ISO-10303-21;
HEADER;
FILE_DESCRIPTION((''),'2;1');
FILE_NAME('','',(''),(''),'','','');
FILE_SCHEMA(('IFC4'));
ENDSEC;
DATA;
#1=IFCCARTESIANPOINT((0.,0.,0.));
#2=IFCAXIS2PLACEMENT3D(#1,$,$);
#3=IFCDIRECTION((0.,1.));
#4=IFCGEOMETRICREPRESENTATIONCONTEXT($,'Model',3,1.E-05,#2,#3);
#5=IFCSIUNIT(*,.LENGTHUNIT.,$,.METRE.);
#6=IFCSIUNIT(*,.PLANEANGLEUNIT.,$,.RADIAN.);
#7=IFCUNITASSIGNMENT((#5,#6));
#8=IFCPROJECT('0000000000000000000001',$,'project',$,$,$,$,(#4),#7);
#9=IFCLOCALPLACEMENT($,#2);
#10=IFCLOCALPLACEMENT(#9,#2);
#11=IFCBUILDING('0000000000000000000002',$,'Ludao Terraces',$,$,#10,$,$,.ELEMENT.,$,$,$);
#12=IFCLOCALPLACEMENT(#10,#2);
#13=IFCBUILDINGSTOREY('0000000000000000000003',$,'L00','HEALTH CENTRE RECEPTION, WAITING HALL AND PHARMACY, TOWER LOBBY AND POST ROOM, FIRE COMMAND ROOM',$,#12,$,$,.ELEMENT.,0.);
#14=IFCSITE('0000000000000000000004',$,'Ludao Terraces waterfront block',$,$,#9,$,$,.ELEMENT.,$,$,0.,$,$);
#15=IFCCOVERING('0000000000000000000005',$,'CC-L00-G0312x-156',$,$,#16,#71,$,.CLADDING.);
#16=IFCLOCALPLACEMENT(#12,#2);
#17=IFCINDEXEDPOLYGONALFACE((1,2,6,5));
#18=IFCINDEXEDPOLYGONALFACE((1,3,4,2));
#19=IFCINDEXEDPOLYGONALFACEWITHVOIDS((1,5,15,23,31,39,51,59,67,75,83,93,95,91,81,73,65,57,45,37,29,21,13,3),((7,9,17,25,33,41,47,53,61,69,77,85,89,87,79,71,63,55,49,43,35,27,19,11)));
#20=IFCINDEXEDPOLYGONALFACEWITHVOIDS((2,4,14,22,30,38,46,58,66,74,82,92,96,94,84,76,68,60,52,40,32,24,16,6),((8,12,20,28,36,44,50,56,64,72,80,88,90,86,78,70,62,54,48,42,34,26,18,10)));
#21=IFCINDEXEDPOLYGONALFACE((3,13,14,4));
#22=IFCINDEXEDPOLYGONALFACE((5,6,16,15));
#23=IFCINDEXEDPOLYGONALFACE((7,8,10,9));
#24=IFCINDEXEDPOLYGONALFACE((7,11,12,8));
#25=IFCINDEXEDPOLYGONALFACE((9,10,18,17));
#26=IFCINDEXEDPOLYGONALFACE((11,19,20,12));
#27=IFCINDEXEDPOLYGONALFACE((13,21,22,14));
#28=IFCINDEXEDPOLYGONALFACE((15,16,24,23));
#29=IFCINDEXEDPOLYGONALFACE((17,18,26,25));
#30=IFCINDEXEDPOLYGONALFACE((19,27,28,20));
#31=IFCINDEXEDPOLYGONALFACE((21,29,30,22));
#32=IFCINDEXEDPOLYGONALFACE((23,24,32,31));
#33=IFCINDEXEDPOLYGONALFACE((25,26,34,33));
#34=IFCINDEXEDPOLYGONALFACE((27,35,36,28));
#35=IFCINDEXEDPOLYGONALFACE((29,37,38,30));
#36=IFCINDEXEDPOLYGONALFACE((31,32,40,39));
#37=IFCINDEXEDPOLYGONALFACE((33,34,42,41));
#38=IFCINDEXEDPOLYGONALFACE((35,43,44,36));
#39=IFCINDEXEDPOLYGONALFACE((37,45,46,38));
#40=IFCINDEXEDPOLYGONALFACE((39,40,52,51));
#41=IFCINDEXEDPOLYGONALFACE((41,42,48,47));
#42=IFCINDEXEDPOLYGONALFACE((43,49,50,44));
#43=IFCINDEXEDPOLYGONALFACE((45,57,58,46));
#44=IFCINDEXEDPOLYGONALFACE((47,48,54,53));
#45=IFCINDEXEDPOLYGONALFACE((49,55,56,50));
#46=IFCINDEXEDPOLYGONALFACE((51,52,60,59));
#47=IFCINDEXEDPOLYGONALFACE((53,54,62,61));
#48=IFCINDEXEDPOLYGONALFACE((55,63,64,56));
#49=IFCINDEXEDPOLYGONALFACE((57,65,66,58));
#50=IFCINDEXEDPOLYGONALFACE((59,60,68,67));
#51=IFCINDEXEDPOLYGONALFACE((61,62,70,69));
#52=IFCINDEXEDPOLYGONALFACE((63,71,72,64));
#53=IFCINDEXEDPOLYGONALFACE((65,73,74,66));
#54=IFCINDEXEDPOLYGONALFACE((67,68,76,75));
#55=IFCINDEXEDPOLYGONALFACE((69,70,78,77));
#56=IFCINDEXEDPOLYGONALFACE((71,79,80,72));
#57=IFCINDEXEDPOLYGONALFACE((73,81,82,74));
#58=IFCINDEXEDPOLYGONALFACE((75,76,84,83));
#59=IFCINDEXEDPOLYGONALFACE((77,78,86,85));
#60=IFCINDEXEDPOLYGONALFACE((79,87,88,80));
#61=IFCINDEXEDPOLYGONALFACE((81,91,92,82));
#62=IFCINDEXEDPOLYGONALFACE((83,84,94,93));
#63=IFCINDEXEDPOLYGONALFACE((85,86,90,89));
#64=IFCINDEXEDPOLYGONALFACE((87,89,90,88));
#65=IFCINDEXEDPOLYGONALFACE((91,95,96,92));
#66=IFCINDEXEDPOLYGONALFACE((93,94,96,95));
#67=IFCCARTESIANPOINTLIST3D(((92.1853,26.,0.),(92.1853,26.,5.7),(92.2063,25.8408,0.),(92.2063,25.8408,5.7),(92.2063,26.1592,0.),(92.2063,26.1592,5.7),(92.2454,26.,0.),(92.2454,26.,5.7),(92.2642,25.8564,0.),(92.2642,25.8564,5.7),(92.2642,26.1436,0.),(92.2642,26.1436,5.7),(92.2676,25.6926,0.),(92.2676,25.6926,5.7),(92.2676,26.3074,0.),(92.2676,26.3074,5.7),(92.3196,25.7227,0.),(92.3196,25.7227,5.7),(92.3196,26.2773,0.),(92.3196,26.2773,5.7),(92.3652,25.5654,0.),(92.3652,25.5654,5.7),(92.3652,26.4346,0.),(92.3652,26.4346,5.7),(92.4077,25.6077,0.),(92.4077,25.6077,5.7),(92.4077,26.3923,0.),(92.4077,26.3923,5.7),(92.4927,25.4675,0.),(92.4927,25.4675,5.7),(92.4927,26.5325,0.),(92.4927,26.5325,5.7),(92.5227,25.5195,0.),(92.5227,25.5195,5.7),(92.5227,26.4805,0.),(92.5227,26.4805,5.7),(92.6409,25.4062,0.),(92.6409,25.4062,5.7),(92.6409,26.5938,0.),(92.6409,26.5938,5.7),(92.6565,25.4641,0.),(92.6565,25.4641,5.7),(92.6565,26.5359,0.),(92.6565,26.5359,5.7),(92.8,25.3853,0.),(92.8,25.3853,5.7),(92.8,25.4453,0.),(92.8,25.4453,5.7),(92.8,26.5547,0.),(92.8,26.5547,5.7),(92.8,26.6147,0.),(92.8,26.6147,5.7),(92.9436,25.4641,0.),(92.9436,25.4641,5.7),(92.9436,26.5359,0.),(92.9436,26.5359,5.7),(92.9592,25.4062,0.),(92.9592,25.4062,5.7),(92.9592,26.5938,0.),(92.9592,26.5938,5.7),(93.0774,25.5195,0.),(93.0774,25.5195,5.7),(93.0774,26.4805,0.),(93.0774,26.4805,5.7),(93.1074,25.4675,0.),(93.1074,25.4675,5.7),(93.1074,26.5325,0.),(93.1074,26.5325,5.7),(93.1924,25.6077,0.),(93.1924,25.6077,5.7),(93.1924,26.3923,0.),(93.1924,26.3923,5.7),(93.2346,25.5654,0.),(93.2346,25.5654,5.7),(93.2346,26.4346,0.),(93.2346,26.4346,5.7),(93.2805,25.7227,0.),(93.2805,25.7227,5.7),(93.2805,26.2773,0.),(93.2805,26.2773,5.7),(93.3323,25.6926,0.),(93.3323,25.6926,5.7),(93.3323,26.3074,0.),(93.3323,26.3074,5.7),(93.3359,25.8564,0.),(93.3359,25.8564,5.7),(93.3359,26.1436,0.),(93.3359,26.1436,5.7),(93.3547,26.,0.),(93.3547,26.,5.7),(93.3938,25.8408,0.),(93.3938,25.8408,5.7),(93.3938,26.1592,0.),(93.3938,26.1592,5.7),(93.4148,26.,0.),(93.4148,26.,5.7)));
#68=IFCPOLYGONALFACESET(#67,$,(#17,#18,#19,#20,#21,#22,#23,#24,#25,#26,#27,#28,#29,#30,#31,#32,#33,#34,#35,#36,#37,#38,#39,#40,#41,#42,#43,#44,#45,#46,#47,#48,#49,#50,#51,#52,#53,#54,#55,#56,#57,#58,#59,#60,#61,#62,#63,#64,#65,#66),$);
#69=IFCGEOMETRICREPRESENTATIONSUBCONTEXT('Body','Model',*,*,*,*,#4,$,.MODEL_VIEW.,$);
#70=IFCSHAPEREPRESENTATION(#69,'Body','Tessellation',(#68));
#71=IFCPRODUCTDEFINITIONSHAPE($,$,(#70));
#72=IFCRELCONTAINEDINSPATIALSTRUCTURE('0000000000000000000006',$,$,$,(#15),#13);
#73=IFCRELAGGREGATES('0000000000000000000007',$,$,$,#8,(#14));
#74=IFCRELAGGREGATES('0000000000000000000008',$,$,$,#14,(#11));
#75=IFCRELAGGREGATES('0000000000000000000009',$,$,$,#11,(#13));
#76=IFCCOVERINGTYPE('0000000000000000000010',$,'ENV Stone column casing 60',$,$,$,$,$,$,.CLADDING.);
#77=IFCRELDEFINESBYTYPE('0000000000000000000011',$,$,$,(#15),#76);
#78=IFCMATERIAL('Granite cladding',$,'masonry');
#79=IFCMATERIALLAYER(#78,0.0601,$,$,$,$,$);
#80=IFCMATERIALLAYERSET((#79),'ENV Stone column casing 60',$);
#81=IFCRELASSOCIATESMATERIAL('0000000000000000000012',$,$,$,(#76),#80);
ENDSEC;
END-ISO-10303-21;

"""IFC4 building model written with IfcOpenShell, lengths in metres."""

from ifc_helpers import new_model, si_unit, direction, origin, place, context, subcontext, project, spatial, polyline, outline, extrude, material, layer, layer_set, type_object, element, save


model = new_model("IFC4")

# Units and contexts
model_context = context("Model", 3, precision=1e-05, world=origin(), true_north=direction((0.0, 1.0)))
body_context = subcontext(model_context, "Body", "Model", "MODEL_VIEW")
ifc_project = project(units=[si_unit("LENGTHUNIT", "METRE"), si_unit("PLANEANGLEUNIT", "RADIAN")], contexts=[model_context])

# Site, building, storey
site_placement = place(None, origin())
site = spatial("IfcSite", under=ifc_project, at=site_placement, Name="Ludao Terraces waterfront block", CompositionType="ELEMENT", RefElevation=0.0)
building_placement = place(site_placement, origin())
building = spatial("IfcBuilding", under=site, at=building_placement, Name="Ludao Terraces", CompositionType="ELEMENT")
storey_placement = place(building_placement, origin())
storey = spatial("IfcBuildingStorey", under=building, at=storey_placement, Name="L00", Description="HEALTH CENTRE RECEPTION, WAITING HALL AND PHARMACY, TOWER LOBBY AND POST ROOM, FIRE COMMAND ROOM", CompositionType="ELEMENT", Elevation=0.0)

# Covering
ifc_material_1 = material(Name="Granite cladding", Category="masonry")
ifc_layer_1 = layer(ifc_material_1, 0.0601)
ifc_layer_set_1 = layer_set([ifc_layer_1], Name="ENV Stone column casing 60")
covering_type_1 = type_object("IfcCoveringType", Name="ENV Stone column casing 60", PredefinedType="CLADDING", material=ifc_layer_set_1)
covering_1_placement = place(storey_placement, origin())
element("IfcCovering", 1, at=covering_1_placement, inside=storey, type_object=covering_type_1, Name="CC-L00-G0312x-156", PredefinedType="CLADDING", context=body_context, shape_type="SweptSolid", body=[
    extrude(outline(polyline([(93.4148, 26.0), (93.3938, 26.1592), (93.3323, 26.3074), (93.2346, 26.4346), (93.1074, 26.5325), (92.9592, 26.5938), (92.8, 26.6147), (92.6409, 26.5938), (92.4927, 26.5325), (92.3652, 26.4346), (92.2676, 26.3074), (92.2063, 26.1592), (92.1853, 26.0), (92.2063, 25.8408), (92.2676, 25.6926), (92.3652, 25.5654), (92.4927, 25.4675), (92.6409, 25.4062), (92.8, 25.3853), (92.9592, 25.4062), (93.1074, 25.4675), (93.2346, 25.5654), (93.3323, 25.6926), (93.3938, 25.8408), (93.4148, 26.0)]), holes=[polyline([(93.3359, 25.8564), (93.2805, 25.7227), (93.1924, 25.6077), (93.0774, 25.5195), (92.9436, 25.4641), (92.8, 25.4453), (92.6565, 25.4641), (92.5227, 25.5195), (92.4077, 25.6077), (92.3196, 25.7227), (92.2642, 25.8564), (92.2454, 26.0), (92.2642, 26.1436), (92.3196, 26.2773), (92.4077, 26.3923), (92.5227, 26.4805), (92.6565, 26.5359), (92.8, 26.5547), (92.9436, 26.5359), (93.0774, 26.4805), (93.1924, 26.3923), (93.2805, 26.2773), (93.3359, 26.1436), (93.3547, 26.0), (93.3359, 25.8564)])]), origin(), (0.0, 0.0, 1.0), 5.7),
])

save(model, "model.ifc")
